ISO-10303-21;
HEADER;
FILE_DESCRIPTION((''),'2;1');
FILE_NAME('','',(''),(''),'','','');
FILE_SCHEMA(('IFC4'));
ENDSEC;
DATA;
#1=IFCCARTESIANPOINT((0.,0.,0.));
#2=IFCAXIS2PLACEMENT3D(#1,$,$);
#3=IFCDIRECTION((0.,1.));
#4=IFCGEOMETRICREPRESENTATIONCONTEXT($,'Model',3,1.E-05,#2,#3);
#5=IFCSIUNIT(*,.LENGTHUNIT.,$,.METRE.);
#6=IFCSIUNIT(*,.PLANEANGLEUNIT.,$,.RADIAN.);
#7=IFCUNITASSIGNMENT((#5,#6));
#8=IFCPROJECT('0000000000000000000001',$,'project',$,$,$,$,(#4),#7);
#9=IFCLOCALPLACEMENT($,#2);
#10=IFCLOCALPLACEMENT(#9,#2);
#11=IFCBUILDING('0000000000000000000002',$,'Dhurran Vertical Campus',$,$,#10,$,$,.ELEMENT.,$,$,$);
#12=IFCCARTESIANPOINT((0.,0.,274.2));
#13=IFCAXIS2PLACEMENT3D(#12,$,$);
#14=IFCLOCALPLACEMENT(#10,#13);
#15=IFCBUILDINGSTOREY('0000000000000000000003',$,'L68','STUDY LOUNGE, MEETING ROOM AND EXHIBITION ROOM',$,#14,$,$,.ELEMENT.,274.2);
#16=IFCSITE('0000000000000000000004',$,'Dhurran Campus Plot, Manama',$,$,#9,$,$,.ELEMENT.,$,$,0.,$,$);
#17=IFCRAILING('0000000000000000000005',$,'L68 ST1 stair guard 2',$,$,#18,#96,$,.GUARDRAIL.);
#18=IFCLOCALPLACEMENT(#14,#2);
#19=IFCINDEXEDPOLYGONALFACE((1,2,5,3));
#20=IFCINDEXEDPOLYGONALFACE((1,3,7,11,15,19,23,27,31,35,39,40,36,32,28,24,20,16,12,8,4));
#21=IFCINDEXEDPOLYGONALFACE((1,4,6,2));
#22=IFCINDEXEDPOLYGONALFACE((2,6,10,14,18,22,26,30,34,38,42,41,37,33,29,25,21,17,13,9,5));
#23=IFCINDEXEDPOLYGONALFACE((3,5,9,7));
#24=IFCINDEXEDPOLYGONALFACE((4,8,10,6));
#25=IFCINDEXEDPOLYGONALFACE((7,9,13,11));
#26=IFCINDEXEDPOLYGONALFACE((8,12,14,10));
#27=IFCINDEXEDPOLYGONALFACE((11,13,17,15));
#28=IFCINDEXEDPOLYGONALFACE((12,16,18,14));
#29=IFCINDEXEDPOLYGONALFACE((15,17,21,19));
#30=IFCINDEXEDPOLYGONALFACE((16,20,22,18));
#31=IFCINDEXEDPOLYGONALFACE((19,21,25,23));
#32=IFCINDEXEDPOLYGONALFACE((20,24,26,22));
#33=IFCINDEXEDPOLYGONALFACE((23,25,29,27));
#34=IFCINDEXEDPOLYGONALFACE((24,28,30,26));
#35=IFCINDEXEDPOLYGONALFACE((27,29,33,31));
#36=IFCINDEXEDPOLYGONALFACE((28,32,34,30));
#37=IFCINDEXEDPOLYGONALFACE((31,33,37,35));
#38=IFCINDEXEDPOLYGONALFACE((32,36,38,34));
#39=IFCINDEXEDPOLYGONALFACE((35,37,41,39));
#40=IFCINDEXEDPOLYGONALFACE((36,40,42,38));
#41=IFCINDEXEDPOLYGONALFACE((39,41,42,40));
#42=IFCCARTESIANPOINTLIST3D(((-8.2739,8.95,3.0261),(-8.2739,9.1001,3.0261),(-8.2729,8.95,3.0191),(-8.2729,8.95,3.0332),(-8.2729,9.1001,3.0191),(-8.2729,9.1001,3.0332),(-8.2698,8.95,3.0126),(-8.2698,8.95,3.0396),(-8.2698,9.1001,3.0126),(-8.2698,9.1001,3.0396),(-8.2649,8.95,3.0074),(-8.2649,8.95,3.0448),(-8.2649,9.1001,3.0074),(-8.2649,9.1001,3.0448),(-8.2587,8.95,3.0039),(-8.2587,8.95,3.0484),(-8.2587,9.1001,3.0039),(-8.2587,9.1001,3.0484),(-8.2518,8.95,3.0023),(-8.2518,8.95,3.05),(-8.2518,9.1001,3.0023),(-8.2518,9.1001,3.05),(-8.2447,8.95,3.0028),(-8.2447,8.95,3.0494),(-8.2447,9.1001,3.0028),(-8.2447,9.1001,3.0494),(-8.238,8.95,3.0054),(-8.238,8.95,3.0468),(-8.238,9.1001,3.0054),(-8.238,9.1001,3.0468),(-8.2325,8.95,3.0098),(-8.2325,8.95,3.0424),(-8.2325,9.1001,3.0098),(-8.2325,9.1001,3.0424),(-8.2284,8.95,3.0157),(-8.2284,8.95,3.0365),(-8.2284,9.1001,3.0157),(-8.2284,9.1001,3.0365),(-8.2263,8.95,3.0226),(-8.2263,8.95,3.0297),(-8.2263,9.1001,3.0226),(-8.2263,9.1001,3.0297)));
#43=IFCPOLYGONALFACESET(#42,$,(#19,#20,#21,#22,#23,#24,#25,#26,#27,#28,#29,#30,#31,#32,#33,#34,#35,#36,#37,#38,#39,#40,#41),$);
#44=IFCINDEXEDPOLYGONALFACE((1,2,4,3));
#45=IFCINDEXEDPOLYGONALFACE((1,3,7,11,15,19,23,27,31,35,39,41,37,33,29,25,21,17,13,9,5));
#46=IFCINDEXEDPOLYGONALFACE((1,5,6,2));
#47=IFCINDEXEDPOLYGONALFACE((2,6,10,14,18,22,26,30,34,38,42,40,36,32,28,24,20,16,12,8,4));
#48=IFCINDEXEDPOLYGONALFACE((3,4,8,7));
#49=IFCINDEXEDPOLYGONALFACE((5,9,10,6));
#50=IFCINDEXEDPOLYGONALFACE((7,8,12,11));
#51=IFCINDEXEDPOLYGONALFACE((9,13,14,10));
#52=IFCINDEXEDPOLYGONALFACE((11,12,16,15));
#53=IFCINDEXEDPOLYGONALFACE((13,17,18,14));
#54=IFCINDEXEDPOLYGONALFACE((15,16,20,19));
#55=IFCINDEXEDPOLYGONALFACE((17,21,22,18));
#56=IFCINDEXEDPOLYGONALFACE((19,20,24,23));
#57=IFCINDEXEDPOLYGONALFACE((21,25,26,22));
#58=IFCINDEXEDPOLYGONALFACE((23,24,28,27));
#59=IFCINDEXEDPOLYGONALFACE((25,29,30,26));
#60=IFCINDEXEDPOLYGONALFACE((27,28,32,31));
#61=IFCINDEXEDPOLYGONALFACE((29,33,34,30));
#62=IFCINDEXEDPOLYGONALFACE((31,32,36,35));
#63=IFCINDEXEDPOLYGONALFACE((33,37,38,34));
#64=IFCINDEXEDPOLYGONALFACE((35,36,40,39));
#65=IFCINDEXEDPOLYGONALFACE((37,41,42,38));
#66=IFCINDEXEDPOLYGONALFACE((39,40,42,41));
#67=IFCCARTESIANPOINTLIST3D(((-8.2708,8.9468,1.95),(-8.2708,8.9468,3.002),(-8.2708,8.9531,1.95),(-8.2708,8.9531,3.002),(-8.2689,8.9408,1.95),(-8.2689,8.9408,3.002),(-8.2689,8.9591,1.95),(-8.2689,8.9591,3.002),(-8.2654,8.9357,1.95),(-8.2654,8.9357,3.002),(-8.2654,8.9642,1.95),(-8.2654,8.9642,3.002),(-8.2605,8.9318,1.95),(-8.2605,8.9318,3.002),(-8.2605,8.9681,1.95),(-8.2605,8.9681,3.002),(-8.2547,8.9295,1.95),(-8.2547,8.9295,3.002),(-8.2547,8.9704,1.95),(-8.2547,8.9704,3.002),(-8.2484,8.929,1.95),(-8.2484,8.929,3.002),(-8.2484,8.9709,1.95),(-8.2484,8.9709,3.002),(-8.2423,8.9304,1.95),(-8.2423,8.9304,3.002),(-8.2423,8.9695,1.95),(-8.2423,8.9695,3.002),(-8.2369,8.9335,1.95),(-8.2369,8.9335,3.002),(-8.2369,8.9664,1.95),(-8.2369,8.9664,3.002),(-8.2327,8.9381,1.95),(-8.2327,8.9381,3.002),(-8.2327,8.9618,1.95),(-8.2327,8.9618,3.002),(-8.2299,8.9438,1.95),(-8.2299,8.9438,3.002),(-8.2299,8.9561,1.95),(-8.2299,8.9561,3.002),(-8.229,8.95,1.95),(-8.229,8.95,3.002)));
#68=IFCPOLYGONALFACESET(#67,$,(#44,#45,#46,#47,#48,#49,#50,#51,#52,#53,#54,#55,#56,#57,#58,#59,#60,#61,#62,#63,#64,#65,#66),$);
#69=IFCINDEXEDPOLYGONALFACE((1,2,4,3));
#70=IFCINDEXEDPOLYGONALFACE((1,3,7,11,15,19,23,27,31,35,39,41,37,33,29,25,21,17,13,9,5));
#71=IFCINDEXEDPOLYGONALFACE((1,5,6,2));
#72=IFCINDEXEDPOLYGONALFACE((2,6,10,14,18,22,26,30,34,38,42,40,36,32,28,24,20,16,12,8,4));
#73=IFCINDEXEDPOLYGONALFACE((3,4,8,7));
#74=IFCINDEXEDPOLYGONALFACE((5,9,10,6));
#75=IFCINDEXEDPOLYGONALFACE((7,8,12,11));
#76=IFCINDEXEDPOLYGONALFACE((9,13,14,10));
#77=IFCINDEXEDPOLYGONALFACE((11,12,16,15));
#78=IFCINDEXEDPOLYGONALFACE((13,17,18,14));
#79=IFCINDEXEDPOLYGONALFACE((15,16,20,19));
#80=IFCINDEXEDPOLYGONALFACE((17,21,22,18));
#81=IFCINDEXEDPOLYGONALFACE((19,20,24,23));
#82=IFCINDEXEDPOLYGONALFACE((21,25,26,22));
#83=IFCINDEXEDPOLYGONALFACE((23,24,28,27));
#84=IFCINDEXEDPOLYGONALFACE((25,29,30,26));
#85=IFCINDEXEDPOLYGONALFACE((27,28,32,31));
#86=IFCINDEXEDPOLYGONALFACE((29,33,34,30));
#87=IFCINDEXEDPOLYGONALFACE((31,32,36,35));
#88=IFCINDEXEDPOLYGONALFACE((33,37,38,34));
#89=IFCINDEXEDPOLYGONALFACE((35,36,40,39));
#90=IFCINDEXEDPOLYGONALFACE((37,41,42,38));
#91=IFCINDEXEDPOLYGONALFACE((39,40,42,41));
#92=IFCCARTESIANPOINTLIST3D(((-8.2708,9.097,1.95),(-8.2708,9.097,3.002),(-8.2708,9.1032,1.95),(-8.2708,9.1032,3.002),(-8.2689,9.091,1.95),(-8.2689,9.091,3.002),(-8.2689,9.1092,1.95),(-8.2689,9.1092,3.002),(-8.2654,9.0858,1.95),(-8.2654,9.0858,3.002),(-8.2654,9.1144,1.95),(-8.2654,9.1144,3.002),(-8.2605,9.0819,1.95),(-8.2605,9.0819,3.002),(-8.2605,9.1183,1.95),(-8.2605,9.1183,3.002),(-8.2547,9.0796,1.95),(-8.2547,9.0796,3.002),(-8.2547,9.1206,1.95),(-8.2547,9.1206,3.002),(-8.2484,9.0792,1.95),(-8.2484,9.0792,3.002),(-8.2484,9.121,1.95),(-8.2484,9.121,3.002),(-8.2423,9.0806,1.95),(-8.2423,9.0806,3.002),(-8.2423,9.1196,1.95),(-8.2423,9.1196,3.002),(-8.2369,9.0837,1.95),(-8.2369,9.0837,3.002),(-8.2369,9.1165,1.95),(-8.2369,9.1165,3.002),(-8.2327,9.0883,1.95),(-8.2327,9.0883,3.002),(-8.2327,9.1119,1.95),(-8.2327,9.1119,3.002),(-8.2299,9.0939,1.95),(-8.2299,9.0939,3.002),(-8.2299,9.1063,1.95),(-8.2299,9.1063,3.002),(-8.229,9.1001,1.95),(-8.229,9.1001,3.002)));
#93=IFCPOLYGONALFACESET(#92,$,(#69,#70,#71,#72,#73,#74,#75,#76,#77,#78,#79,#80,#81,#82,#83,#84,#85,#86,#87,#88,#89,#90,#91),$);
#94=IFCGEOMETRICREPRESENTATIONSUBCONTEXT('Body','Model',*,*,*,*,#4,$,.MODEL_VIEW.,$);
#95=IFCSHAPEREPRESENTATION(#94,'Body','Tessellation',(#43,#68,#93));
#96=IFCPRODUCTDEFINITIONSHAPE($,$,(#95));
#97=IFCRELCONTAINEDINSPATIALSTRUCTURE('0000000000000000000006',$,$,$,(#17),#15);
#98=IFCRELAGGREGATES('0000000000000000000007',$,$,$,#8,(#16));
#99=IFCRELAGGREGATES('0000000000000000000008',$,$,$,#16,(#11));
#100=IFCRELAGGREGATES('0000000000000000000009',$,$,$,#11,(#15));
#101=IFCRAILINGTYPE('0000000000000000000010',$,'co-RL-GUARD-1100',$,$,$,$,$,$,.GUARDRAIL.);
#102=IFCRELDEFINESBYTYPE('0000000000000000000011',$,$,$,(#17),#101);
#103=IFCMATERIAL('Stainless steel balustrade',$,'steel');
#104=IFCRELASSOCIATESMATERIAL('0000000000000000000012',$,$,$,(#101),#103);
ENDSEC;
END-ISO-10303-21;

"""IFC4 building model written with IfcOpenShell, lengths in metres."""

from ifc_helpers import new_model, si_unit, direction, frame, origin, origin_2d, place, context, subcontext, project, spatial, circle, extrude, material, type_object, element, save


model = new_model("IFC4")

# Units and contexts
model_context = context("Model", 3, precision=1e-05, world=origin(), true_north=direction((0.0, 1.0)))
body_context = subcontext(model_context, "Body", "Model", "MODEL_VIEW")
ifc_project = project(units=[si_unit("LENGTHUNIT", "METRE"), si_unit("PLANEANGLEUNIT", "RADIAN")], contexts=[model_context])

# Site, building, storey
site_placement = place(None, origin())
site = spatial("IfcSite", under=ifc_project, at=site_placement, Name="Dhurran Campus Plot, Manama", CompositionType="ELEMENT", RefElevation=0.0)
building_placement = place(site_placement, origin())
building = spatial("IfcBuilding", under=site, at=building_placement, Name="Dhurran Vertical Campus", CompositionType="ELEMENT")
storey_placement = place(building_placement, frame((0.0, 0.0, 274.2)))
storey = spatial("IfcBuildingStorey", under=building, at=storey_placement, Name="L68", Description="STUDY LOUNGE, MEETING ROOM AND EXHIBITION ROOM", CompositionType="ELEMENT", Elevation=274.2)

# Railing
ifc_material_1 = material(Name="Stainless steel balustrade", Category="steel")
railing_type_1 = type_object("IfcRailingType", Name="co-RL-GUARD-1100", PredefinedType="GUARDRAIL", material=ifc_material_1)
railing_1_placement = place(storey_placement, frame((-8.25, 8.95, 1.95)))
element("IfcRailing", 1, at=railing_1_placement, inside=storey, type_object=railing_type_1, Name="L68 ST1 stair guard 2", PredefinedType="GUARDRAIL", context=body_context, shape_type="SweptSolid", body=[
    extrude(circle(Radius=0.0239, at=origin_2d()), frame((0.0, 0.0, 1.0762), z_axis=(0.0, 1.0, 0.0), x_axis=(-1.0, 0.0, 0.0)), (0.0, 0.0, 1.0), 0.1501),
    extrude(circle(Radius=0.021, at=origin_2d()), origin(), (0.0, 0.0, 1.0), 1.052),
    extrude(circle(Radius=0.021, at=origin_2d()), frame((0.0, 0.1501, 0.0)), (0.0, 0.0, 1.0), 1.052),
])

save(model, "model.ifc")
